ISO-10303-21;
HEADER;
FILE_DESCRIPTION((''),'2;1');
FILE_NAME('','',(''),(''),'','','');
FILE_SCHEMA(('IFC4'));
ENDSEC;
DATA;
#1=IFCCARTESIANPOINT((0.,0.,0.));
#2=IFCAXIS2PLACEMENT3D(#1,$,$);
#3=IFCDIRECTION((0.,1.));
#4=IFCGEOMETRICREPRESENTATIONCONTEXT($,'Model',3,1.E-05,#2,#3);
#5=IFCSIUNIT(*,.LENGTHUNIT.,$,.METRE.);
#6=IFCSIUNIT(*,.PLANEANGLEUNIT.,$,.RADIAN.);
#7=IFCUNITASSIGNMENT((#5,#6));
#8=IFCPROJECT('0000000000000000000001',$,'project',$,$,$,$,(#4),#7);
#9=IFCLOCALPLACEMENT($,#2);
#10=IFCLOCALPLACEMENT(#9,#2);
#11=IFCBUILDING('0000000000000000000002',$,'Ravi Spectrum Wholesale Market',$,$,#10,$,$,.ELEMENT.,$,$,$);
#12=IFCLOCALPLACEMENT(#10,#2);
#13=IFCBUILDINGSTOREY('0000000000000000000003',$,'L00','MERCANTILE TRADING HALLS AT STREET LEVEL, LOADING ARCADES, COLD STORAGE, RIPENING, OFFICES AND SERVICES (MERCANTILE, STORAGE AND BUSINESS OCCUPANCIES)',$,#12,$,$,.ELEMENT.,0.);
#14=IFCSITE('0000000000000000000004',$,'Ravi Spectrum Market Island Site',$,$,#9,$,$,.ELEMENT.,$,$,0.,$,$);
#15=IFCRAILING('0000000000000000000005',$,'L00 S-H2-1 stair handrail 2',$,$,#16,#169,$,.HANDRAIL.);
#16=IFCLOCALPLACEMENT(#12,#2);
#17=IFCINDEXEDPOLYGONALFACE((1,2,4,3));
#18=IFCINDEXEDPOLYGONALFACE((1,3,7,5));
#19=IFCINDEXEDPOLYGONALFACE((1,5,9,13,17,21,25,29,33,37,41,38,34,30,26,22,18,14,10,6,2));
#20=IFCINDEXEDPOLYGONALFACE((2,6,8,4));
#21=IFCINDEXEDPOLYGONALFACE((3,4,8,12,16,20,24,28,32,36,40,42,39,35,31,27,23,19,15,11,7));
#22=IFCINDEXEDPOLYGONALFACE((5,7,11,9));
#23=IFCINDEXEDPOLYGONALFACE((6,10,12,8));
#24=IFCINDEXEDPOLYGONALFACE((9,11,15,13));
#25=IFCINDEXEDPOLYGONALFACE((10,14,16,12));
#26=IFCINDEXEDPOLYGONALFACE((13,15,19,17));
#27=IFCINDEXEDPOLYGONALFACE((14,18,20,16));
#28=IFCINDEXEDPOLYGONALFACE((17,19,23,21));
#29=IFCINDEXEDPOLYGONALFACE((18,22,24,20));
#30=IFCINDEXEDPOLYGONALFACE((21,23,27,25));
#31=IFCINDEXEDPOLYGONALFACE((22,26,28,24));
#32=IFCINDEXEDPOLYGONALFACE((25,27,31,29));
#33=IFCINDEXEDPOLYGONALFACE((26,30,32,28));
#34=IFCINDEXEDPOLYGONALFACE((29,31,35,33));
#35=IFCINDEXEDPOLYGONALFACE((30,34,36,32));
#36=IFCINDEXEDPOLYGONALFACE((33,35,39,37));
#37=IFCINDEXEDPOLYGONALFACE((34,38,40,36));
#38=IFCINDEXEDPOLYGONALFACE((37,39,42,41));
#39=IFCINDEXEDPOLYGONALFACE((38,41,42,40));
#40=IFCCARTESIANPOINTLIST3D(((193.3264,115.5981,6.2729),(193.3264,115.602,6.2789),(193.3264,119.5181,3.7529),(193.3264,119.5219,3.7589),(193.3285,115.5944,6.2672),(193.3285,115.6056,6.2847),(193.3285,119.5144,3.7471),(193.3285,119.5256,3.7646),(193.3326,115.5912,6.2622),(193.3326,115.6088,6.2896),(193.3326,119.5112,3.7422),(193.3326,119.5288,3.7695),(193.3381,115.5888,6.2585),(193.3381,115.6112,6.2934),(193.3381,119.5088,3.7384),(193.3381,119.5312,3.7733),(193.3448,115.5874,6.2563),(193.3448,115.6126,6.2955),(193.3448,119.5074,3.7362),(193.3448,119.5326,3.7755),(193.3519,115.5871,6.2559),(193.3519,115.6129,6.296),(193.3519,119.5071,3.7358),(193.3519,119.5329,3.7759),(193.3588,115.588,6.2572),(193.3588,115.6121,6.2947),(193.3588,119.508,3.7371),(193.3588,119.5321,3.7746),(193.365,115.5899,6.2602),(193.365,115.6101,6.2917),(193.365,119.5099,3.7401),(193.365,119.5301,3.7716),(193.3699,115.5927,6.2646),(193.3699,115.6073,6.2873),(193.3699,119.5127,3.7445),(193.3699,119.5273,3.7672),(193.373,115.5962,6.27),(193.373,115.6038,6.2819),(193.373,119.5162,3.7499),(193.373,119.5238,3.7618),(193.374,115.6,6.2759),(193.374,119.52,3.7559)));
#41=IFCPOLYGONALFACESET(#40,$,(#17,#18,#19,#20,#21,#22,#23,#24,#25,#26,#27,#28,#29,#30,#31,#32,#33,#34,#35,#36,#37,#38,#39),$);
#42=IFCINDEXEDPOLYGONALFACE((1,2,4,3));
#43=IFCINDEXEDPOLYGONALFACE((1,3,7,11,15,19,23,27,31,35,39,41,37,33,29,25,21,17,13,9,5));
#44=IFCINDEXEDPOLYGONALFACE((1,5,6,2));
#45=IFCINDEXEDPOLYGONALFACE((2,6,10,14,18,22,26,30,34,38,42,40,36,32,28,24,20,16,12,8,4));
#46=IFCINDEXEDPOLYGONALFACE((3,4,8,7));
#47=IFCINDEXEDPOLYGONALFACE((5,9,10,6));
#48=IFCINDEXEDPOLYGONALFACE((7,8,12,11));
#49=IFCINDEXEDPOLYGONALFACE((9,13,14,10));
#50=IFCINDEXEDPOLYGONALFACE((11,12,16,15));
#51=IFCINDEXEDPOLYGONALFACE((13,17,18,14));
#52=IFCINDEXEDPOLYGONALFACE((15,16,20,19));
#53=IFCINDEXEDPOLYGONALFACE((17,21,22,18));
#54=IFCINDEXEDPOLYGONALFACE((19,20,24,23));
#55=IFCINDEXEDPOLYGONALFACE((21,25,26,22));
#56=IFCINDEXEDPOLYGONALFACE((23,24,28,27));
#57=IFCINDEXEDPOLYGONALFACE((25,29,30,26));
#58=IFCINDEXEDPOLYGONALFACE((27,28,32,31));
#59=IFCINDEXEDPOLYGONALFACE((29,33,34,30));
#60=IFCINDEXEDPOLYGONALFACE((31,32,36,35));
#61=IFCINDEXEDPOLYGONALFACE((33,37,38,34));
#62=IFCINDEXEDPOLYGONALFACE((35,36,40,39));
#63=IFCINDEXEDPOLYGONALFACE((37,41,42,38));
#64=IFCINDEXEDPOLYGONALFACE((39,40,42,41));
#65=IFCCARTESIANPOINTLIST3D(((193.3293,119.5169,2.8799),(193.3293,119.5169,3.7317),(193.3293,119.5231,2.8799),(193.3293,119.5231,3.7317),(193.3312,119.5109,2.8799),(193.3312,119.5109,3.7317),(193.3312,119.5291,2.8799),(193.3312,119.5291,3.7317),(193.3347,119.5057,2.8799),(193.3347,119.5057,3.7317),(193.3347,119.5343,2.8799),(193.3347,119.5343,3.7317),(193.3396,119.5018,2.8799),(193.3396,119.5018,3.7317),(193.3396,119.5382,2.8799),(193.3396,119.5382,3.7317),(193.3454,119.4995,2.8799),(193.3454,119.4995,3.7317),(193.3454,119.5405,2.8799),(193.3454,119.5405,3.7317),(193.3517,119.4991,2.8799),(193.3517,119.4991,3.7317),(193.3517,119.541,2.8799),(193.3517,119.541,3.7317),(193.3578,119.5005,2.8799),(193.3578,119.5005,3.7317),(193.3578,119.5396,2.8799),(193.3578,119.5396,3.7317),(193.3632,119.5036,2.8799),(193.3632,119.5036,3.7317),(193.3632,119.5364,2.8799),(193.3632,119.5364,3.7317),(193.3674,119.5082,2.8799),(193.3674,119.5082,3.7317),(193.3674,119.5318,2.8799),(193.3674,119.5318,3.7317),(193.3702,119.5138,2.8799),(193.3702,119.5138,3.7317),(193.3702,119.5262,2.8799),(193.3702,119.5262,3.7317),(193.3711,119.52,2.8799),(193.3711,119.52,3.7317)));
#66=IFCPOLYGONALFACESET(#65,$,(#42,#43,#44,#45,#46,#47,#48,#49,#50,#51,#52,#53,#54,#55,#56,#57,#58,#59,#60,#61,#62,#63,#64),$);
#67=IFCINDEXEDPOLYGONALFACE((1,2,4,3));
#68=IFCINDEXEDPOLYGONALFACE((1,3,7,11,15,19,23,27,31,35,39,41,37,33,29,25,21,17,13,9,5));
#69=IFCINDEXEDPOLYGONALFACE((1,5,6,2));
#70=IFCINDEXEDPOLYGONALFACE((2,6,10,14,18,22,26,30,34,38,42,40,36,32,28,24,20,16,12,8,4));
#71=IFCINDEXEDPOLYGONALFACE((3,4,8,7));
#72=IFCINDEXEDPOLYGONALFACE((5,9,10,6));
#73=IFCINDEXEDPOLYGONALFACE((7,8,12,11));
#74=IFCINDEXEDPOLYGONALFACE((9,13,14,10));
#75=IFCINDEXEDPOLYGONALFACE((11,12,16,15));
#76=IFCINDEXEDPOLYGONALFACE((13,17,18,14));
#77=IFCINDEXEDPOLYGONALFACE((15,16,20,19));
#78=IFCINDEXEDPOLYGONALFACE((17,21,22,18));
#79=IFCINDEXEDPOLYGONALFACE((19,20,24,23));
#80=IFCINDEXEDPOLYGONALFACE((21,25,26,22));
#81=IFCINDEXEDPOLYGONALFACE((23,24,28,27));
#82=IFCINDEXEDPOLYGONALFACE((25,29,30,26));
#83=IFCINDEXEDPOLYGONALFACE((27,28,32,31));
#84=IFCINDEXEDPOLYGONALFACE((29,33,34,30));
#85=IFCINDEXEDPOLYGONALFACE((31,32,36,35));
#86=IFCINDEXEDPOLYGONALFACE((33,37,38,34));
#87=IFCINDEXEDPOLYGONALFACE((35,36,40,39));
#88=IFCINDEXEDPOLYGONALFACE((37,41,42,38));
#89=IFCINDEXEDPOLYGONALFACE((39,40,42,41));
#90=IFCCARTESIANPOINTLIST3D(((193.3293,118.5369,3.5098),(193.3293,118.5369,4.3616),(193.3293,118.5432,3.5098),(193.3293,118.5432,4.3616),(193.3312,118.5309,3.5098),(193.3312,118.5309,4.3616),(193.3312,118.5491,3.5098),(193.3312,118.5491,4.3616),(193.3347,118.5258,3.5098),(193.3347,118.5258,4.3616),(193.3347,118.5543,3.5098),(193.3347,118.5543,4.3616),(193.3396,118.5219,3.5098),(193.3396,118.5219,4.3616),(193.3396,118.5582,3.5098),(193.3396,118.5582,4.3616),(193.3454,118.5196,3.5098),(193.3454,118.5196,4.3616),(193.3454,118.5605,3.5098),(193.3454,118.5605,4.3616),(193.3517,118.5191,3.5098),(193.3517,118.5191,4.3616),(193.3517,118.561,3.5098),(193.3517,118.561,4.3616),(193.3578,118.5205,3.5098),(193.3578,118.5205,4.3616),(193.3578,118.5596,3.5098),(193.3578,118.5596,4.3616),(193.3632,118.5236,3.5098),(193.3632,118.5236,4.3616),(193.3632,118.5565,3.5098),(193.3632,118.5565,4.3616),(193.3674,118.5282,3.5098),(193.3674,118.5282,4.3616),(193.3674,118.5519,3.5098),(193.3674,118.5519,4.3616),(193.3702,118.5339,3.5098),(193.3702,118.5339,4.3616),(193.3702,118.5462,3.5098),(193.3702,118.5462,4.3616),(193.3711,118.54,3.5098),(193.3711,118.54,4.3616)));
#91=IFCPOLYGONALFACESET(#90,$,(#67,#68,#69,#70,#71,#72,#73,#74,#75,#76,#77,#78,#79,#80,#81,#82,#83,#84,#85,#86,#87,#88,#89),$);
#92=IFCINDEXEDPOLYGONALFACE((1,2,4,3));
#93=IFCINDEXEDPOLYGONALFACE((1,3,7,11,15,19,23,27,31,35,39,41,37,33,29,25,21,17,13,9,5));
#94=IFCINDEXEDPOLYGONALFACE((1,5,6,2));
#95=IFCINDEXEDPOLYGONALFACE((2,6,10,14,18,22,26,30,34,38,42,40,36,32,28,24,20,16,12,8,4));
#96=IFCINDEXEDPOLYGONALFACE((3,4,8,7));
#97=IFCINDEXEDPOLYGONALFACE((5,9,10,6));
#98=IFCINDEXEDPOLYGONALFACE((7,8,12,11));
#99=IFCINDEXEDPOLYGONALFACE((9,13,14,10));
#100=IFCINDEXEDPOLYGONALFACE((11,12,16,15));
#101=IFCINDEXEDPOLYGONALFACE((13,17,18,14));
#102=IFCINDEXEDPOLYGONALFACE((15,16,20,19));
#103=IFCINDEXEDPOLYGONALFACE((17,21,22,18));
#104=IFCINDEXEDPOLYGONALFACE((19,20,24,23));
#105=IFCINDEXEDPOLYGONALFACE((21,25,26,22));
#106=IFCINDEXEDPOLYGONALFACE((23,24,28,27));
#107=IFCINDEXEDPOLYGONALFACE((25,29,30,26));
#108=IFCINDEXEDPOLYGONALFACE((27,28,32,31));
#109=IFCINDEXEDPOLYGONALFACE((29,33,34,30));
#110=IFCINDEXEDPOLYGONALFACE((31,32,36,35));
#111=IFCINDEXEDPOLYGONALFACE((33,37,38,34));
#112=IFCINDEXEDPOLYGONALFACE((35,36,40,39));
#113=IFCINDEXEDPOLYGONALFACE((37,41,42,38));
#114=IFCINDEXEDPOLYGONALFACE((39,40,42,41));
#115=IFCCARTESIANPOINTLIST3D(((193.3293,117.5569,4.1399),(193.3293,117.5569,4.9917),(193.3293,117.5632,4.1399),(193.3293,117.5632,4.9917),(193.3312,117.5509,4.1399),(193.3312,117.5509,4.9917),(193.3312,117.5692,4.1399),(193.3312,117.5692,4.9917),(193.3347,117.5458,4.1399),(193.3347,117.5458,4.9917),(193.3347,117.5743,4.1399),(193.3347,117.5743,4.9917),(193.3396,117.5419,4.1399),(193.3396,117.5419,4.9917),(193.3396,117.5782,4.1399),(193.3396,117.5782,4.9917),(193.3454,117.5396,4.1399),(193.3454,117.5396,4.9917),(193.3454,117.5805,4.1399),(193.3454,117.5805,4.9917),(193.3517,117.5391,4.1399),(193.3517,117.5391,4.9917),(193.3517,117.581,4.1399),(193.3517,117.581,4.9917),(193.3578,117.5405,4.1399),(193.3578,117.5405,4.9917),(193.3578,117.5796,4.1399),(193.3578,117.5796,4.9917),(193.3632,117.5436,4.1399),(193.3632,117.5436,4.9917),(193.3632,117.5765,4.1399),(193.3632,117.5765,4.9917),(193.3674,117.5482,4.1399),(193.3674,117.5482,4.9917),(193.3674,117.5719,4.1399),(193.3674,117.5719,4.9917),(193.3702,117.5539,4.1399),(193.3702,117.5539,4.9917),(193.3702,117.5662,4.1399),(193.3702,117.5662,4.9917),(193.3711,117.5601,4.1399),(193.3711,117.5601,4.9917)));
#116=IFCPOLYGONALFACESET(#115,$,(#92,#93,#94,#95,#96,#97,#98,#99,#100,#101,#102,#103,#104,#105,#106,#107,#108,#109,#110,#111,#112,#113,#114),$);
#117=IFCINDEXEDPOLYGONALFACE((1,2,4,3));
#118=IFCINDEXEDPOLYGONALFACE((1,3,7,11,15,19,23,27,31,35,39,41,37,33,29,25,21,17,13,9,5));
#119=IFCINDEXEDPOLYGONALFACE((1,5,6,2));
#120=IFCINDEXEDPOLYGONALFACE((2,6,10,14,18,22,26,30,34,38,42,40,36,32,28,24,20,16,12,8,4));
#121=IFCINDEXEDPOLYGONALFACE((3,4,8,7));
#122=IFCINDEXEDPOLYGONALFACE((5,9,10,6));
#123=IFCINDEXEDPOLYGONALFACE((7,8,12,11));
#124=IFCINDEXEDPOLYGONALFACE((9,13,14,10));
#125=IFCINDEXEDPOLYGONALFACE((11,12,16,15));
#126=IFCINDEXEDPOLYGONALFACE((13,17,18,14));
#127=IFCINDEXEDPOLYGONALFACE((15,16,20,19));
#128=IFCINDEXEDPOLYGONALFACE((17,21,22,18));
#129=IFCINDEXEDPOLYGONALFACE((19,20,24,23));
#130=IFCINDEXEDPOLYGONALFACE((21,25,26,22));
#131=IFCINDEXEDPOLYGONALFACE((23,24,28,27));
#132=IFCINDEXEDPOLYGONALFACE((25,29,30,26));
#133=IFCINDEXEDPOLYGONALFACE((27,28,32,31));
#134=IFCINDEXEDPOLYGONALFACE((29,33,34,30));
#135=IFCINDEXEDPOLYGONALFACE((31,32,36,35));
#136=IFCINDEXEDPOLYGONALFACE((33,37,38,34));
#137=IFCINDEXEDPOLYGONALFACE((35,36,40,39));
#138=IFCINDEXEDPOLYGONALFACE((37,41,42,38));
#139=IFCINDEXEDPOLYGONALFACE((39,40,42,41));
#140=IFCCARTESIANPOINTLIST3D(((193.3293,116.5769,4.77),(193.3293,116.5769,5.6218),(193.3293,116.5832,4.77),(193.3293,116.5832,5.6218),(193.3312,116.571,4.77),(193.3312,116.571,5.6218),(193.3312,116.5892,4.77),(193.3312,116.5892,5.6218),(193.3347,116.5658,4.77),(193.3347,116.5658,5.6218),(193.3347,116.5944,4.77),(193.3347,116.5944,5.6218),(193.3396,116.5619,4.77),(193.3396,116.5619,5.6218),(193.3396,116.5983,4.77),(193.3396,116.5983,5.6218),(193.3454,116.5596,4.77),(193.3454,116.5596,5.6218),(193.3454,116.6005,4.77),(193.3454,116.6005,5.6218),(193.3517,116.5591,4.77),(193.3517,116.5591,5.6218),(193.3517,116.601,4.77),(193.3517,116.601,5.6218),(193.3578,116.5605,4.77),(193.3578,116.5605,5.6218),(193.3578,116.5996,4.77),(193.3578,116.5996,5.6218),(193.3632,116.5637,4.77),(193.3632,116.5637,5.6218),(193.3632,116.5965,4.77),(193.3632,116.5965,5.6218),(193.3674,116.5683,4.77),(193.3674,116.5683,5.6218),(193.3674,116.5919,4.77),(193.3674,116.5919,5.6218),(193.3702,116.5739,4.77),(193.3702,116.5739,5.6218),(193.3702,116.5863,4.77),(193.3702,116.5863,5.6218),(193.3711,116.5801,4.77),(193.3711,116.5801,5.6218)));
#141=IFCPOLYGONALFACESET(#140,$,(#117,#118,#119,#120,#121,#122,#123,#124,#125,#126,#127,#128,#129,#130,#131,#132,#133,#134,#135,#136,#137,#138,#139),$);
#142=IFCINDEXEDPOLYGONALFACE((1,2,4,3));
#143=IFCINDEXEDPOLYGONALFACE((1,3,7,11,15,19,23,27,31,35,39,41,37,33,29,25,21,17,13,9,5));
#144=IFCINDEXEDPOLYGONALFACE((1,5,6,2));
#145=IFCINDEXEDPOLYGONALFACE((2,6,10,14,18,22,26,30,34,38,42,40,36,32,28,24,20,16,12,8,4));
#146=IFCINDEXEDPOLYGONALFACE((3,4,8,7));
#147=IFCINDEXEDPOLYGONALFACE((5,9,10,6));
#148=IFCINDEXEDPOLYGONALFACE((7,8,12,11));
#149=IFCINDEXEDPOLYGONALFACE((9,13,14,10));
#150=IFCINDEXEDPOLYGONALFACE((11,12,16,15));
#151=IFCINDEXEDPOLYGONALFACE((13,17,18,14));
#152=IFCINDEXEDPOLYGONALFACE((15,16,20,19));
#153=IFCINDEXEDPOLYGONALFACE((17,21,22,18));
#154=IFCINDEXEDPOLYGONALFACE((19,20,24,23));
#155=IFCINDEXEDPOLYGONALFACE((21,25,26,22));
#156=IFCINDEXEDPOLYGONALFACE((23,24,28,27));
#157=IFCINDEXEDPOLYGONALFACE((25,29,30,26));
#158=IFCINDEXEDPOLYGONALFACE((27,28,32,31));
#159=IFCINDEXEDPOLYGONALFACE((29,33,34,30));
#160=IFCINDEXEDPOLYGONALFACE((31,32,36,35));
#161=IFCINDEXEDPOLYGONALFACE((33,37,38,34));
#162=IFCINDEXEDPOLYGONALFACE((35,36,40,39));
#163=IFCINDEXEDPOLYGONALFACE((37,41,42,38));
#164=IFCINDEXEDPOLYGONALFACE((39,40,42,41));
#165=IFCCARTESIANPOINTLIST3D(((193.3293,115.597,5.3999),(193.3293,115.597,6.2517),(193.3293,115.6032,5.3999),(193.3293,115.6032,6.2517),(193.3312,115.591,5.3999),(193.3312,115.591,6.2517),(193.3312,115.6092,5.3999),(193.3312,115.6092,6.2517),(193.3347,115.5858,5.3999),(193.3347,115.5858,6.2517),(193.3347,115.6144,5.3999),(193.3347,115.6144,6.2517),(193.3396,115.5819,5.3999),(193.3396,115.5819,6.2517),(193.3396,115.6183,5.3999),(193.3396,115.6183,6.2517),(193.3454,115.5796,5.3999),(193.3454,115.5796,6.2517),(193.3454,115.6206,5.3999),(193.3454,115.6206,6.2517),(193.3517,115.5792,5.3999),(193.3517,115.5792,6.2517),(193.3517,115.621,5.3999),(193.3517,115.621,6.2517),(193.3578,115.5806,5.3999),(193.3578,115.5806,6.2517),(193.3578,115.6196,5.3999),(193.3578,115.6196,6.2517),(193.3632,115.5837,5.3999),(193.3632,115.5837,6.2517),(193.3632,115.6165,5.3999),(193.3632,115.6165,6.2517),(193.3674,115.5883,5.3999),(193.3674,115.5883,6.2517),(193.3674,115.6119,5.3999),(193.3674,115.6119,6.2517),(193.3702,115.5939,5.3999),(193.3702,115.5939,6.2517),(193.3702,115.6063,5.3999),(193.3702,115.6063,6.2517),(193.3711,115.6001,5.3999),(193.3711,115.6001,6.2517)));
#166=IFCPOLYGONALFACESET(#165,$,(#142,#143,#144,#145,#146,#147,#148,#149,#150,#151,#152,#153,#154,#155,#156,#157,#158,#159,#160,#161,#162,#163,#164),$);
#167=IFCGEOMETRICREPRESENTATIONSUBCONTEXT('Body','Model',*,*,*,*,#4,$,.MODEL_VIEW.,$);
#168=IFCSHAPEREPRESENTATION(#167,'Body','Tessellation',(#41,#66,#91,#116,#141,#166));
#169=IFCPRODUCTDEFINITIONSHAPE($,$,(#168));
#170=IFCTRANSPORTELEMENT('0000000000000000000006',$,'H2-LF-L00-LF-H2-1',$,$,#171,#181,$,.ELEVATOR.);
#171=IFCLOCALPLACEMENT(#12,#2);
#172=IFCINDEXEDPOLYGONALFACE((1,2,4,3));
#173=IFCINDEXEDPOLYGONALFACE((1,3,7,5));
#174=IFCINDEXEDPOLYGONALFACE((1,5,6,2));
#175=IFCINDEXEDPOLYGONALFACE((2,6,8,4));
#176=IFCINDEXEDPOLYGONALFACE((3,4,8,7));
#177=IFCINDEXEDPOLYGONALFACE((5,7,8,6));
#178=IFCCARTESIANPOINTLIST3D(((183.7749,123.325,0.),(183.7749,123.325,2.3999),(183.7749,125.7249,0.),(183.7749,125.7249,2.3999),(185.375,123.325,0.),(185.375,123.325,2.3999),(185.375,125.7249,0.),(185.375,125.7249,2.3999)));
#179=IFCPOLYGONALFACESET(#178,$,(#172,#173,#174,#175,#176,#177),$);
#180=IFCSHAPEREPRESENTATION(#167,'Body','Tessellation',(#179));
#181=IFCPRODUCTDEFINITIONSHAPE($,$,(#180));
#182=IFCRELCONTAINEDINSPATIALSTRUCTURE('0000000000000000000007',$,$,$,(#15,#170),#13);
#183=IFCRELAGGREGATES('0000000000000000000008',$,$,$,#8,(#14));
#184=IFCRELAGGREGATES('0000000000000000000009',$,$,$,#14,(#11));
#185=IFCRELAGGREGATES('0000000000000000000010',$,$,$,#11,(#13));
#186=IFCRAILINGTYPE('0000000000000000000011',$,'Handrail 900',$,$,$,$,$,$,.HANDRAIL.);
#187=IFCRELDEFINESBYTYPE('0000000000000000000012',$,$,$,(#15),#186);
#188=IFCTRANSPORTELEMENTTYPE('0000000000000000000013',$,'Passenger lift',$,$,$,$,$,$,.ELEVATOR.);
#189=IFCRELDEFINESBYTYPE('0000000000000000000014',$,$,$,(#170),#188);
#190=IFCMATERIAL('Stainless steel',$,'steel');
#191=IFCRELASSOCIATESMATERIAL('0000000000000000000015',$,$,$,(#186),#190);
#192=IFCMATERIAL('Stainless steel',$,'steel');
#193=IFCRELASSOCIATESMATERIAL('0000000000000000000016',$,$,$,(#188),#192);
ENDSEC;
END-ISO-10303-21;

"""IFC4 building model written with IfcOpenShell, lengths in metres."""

from ifc_helpers import new_model, si_unit, direction, frame, origin, origin_2d, place, context, subcontext, project, spatial, rectangle, circle, extrude, material, type_object, element, save


model = new_model("IFC4")

# Units and contexts
model_context = context("Model", 3, precision=1e-05, world=origin(), true_north=direction((0.0, 1.0)))
body_context = subcontext(model_context, "Body", "Model", "MODEL_VIEW")
ifc_project = project(units=[si_unit("LENGTHUNIT", "METRE"), si_unit("PLANEANGLEUNIT", "RADIAN")], contexts=[model_context])

# Site, building, storey
site_placement = place(None, origin())
site = spatial("IfcSite", under=ifc_project, at=site_placement, Name="Ravi Spectrum Market Island Site", CompositionType="ELEMENT", RefElevation=0.0)
building_placement = place(site_placement, origin())
building = spatial("IfcBuilding", under=site, at=building_placement, Name="Ravi Spectrum Wholesale Market", CompositionType="ELEMENT")
storey_placement = place(building_placement, origin())
storey = spatial("IfcBuildingStorey", under=building, at=storey_placement, Name="L00", Description="MERCANTILE TRADING HALLS AT STREET LEVEL, LOADING ARCADES, COLD STORAGE, RIPENING, OFFICES AND SERVICES (MERCANTILE, STORAGE AND BUSINESS OCCUPANCIES)", CompositionType="ELEMENT", Elevation=0.0)

# Railing
ifc_material_1 = material(Name="Stainless steel", Category="steel")
railing_type_1 = type_object("IfcRailingType", Name="Handrail 900", PredefinedType="HANDRAIL", material=ifc_material_1)
railing_1_placement = place(storey_placement, frame((193.3501, 119.52, 2.8799)))
element("IfcRailing", 1, at=railing_1_placement, inside=storey, type_object=railing_type_1, Name="L00 S-H2-1 stair handrail 2", PredefinedType="HANDRAIL", context=body_context, shape_type="SweptSolid", body=[
    extrude(circle(Radius=0.0239, at=origin_2d()), frame((0.0, 0.0, 0.876), z_axis=(0.0, -0.841172, 0.540768), x_axis=(1.0, 0.0, 0.0)), (0.0, 0.0, 1.0), 4.6602),
    extrude(circle(Radius=0.021, at=origin_2d()), origin(), (0.0, 0.0, 1.0), 0.8518),
    extrude(circle(Radius=0.021, at=origin_2d()), frame((0.0, -0.98, 0.6299)), (0.0, 0.0, 1.0), 0.8518),
    extrude(circle(Radius=0.021, at=origin_2d()), frame((0.0, -1.96, 1.26)), (0.0, 0.0, 1.0), 0.8518),
    extrude(circle(Radius=0.021, at=origin_2d()), frame((0.0, -2.9399, 1.8901)), (0.0, 0.0, 1.0), 0.8518),
    extrude(circle(Radius=0.021, at=origin_2d()), frame((0.0, -3.9199, 2.52)), (0.0, 0.0, 1.0), 0.8518),
])

# Transport element
ifc_material_2 = material(Name="Stainless steel", Category="steel")
transport_element_type = type_object("IfcTransportElementType", Name="Passenger lift", PredefinedType="ELEVATOR", material=ifc_material_2)
transport_element_placement = place(storey_placement, frame((184.575, 124.5249, 0.0), z_axis=(0.0, 0.0, 1.0), x_axis=(1.0, 0.0, 0.0)))
element("IfcTransportElement", 2, at=transport_element_placement, inside=storey, type_object=transport_element_type, Name="H2-LF-L00-LF-H2-1", PredefinedType="ELEVATOR", context=body_context, shape_type="SweptSolid", body=[
    extrude(rectangle(XDim=1.6001, YDim=2.3999, at=origin_2d()), origin(), (0.0, 0.0, 1.0), 2.3999),
])

save(model, "model.ifc")
